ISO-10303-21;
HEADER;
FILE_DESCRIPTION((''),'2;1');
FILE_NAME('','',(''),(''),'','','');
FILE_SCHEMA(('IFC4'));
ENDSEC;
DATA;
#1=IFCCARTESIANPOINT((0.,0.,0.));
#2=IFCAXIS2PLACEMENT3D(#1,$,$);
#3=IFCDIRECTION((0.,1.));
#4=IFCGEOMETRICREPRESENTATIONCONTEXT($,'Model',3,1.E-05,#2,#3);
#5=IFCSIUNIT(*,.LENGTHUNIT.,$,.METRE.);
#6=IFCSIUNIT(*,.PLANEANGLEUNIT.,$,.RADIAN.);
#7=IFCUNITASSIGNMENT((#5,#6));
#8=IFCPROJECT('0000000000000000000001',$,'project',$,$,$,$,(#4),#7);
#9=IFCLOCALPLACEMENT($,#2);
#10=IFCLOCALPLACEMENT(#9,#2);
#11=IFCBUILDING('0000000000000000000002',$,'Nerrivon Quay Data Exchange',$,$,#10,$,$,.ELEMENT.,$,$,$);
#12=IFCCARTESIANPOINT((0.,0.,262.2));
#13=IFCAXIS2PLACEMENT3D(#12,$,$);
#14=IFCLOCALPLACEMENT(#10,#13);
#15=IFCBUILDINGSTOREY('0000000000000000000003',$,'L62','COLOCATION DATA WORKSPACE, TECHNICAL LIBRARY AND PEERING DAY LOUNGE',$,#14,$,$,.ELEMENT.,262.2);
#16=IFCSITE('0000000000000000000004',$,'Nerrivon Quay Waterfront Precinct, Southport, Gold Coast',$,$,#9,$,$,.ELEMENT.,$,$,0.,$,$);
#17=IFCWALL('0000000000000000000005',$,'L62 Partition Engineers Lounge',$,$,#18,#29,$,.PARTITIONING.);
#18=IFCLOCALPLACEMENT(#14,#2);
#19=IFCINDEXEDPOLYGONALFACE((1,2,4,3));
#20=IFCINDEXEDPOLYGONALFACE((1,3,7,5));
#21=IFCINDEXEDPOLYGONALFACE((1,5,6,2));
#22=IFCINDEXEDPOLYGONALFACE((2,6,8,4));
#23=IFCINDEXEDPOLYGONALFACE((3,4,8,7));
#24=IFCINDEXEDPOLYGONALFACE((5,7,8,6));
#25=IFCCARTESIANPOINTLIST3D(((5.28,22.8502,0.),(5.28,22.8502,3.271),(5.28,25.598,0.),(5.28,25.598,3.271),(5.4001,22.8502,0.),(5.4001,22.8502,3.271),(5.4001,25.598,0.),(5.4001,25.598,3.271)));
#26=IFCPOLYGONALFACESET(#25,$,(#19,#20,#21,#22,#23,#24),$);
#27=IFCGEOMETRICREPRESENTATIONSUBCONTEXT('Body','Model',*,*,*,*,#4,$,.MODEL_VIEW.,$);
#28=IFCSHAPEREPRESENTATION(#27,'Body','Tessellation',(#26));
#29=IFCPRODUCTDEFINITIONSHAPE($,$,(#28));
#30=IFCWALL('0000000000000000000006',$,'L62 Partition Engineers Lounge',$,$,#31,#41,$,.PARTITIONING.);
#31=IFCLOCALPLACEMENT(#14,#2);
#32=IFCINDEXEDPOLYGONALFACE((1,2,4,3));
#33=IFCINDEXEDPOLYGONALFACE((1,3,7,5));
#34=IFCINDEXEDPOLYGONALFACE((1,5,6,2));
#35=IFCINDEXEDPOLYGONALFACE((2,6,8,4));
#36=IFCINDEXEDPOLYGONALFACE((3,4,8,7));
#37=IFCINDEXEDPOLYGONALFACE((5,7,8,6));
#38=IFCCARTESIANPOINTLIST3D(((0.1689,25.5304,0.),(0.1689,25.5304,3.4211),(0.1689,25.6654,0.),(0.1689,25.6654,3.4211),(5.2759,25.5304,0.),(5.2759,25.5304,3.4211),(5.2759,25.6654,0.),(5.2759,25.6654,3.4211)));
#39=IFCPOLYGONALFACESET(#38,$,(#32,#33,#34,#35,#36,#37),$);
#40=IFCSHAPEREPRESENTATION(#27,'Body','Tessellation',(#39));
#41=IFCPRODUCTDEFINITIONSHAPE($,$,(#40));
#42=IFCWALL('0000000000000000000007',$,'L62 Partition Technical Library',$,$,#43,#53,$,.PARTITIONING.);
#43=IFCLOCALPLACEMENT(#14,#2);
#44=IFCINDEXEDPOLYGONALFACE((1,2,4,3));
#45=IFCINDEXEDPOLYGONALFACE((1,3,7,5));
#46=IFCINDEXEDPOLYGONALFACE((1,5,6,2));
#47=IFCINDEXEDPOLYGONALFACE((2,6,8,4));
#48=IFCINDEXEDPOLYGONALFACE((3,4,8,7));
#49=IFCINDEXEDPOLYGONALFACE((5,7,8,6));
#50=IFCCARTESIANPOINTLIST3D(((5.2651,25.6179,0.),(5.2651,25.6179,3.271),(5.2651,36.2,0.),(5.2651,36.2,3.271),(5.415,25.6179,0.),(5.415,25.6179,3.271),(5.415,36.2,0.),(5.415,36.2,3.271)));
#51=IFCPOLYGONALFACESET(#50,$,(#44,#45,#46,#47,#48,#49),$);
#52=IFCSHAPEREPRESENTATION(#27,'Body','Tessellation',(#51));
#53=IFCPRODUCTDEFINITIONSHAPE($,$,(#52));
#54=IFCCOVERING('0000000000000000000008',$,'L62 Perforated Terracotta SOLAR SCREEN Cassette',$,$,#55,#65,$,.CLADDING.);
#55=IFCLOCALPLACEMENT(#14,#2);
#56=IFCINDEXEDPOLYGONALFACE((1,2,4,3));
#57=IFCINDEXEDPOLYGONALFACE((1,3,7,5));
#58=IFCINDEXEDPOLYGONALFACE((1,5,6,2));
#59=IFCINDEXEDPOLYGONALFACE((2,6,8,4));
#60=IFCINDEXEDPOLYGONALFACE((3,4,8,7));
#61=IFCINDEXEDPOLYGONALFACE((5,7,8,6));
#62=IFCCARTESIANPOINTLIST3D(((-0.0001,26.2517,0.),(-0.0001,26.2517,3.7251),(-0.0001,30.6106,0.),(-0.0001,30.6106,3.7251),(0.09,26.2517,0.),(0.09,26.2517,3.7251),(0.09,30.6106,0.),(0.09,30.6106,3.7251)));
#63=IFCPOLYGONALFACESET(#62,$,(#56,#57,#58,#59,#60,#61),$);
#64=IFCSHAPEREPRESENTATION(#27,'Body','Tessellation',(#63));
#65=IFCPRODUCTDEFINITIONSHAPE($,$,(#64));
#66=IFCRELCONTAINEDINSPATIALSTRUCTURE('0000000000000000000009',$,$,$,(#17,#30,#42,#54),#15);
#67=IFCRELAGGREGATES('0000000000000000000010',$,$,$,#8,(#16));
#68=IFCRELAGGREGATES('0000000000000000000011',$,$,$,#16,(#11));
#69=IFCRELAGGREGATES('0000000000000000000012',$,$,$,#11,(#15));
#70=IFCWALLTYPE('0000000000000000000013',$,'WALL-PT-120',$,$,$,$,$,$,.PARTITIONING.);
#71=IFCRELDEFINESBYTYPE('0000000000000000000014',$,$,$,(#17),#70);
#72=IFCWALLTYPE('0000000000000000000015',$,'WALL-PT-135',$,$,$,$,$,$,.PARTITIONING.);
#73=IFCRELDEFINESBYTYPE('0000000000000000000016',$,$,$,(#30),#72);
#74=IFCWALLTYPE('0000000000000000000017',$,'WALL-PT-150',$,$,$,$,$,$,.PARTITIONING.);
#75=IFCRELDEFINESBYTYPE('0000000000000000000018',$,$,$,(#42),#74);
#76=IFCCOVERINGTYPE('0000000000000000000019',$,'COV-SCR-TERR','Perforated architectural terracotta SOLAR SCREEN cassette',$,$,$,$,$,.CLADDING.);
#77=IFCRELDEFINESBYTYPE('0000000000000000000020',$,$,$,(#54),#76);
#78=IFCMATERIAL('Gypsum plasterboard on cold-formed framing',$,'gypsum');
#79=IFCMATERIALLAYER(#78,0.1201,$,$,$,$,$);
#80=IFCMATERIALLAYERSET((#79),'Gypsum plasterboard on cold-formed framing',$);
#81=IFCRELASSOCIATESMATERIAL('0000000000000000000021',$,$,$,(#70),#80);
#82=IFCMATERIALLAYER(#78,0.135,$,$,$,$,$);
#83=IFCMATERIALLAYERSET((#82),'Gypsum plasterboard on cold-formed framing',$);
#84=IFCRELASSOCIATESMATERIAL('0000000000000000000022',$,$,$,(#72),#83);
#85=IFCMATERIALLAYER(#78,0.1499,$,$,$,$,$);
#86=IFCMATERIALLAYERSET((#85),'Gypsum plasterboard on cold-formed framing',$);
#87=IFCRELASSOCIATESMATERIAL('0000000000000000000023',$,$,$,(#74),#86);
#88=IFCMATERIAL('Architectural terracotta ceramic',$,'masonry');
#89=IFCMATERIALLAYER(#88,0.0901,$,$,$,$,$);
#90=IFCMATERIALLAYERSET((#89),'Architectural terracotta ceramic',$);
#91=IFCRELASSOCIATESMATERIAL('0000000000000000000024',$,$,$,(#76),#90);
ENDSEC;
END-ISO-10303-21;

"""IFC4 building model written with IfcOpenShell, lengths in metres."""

from ifc_helpers import new_model, si_unit, direction, frame, frame_2d, origin, origin_2d, place, context, subcontext, project, spatial, rectangle, extrude, material, layer, layer_set, type_object, element, save


model = new_model("IFC4")

# Units and contexts
model_context = context("Model", 3, precision=1e-05, world=origin(), true_north=direction((0.0, 1.0)))
body_context = subcontext(model_context, "Body", "Model", "MODEL_VIEW")
ifc_project = project(units=[si_unit("LENGTHUNIT", "METRE"), si_unit("PLANEANGLEUNIT", "RADIAN")], contexts=[model_context])

# Site, building, storey
site_placement = place(None, origin())
site = spatial("IfcSite", under=ifc_project, at=site_placement, Name="Nerrivon Quay Waterfront Precinct, Southport, Gold Coast", CompositionType="ELEMENT", RefElevation=0.0)
building_placement = place(site_placement, origin())
building = spatial("IfcBuilding", under=site, at=building_placement, Name="Nerrivon Quay Data Exchange", CompositionType="ELEMENT")
storey_placement = place(building_placement, frame((0.0, 0.0, 262.2)))
storey = spatial("IfcBuildingStorey", under=building, at=storey_placement, Name="L62", Description="COLOCATION DATA WORKSPACE, TECHNICAL LIBRARY AND PEERING DAY LOUNGE", CompositionType="ELEMENT", Elevation=262.2)

# Walls
ifc_material_1 = material(Name="Gypsum plasterboard on cold-formed framing", Category="gypsum")
ifc_layer_1 = layer(ifc_material_1, 0.1201)
ifc_layer_set_1 = layer_set([ifc_layer_1], Name="Gypsum plasterboard on cold-formed framing")
wall_type_1 = type_object("IfcWallType", Name="WALL-PT-120", PredefinedType="PARTITIONING", material=ifc_layer_set_1)
wall_1_placement = place(storey_placement, frame((5.3401, 22.8501, 0.0), z_axis=(0.0, 0.0, 1.0), x_axis=(0.0, 1.0, 0.0)))
element("IfcWall", 1, at=wall_1_placement, inside=storey, type_object=wall_type_1, Name="L62 Partition Engineers Lounge", PredefinedType="PARTITIONING", context=body_context, shape_type="SweptSolid", body=[
    extrude(rectangle(XDim=2.7478, YDim=0.1201, at=frame_2d((1.374, 0.0))), origin(), (0.0, 0.0, 1.0), 3.271),
])
ifc_layer_2 = layer(ifc_material_1, 0.135)
ifc_layer_set_2 = layer_set([ifc_layer_2], Name="Gypsum plasterboard on cold-formed framing")
wall_type_2 = type_object("IfcWallType", Name="WALL-PT-135", PredefinedType="PARTITIONING", material=ifc_layer_set_2)
wall_2_placement = place(storey_placement, frame((5.2759, 25.5979, 0.0), z_axis=(0.0, 0.0, 1.0), x_axis=(-1.0, 0.0, 0.0)))
element("IfcWall", 2, at=wall_2_placement, inside=storey, type_object=wall_type_2, Name="L62 Partition Engineers Lounge", PredefinedType="PARTITIONING", context=body_context, shape_type="SweptSolid", body=[
    extrude(rectangle(XDim=5.1069, YDim=0.135, at=frame_2d((2.5535, 0.0))), origin(), (0.0, 0.0, 1.0), 3.4211),
])
ifc_layer_3 = layer(ifc_material_1, 0.1499)
ifc_layer_set_3 = layer_set([ifc_layer_3], Name="Gypsum plasterboard on cold-formed framing")
wall_type_3 = type_object("IfcWallType", Name="WALL-PT-150", PredefinedType="PARTITIONING", material=ifc_layer_set_3)
wall_3_placement = place(storey_placement, frame((5.3401, 25.6179, 0.0), z_axis=(0.0, 0.0, 1.0), x_axis=(0.0, 1.0, 0.0)))
element("IfcWall", 3, at=wall_3_placement, inside=storey, type_object=wall_type_3, Name="L62 Partition Technical Library", PredefinedType="PARTITIONING", context=body_context, shape_type="SweptSolid", body=[
    extrude(rectangle(XDim=10.582, YDim=0.1499, at=frame_2d((5.291, 0.0))), origin(), (0.0, 0.0, 1.0), 3.271),
])

# Covering
ifc_material_2 = material(Name="Architectural terracotta ceramic", Category="masonry")
ifc_layer_4 = layer(ifc_material_2, 0.0901)
ifc_layer_set_4 = layer_set([ifc_layer_4], Name="Architectural terracotta ceramic")
covering_type = type_object("IfcCoveringType", Name="COV-SCR-TERR", Description="Perforated architectural terracotta SOLAR SCREEN cassette", PredefinedType="CLADDING", material=ifc_layer_set_4)
covering_placement = place(storey_placement, frame((0.0449, 28.4312, 0.0), z_axis=(0.0, 0.0, 1.0), x_axis=(0.0, 1.0, 0.0)))
element("IfcCovering", 4, at=covering_placement, inside=storey, type_object=covering_type, Name="L62 Perforated Terracotta SOLAR SCREEN Cassette", PredefinedType="CLADDING", context=body_context, shape_type="SweptSolid", body=[
    extrude(rectangle(XDim=4.3589, YDim=0.0901, at=origin_2d()), origin(), (0.0, 0.0, 1.0), 3.7251),
])

save(model, "model.ifc")
